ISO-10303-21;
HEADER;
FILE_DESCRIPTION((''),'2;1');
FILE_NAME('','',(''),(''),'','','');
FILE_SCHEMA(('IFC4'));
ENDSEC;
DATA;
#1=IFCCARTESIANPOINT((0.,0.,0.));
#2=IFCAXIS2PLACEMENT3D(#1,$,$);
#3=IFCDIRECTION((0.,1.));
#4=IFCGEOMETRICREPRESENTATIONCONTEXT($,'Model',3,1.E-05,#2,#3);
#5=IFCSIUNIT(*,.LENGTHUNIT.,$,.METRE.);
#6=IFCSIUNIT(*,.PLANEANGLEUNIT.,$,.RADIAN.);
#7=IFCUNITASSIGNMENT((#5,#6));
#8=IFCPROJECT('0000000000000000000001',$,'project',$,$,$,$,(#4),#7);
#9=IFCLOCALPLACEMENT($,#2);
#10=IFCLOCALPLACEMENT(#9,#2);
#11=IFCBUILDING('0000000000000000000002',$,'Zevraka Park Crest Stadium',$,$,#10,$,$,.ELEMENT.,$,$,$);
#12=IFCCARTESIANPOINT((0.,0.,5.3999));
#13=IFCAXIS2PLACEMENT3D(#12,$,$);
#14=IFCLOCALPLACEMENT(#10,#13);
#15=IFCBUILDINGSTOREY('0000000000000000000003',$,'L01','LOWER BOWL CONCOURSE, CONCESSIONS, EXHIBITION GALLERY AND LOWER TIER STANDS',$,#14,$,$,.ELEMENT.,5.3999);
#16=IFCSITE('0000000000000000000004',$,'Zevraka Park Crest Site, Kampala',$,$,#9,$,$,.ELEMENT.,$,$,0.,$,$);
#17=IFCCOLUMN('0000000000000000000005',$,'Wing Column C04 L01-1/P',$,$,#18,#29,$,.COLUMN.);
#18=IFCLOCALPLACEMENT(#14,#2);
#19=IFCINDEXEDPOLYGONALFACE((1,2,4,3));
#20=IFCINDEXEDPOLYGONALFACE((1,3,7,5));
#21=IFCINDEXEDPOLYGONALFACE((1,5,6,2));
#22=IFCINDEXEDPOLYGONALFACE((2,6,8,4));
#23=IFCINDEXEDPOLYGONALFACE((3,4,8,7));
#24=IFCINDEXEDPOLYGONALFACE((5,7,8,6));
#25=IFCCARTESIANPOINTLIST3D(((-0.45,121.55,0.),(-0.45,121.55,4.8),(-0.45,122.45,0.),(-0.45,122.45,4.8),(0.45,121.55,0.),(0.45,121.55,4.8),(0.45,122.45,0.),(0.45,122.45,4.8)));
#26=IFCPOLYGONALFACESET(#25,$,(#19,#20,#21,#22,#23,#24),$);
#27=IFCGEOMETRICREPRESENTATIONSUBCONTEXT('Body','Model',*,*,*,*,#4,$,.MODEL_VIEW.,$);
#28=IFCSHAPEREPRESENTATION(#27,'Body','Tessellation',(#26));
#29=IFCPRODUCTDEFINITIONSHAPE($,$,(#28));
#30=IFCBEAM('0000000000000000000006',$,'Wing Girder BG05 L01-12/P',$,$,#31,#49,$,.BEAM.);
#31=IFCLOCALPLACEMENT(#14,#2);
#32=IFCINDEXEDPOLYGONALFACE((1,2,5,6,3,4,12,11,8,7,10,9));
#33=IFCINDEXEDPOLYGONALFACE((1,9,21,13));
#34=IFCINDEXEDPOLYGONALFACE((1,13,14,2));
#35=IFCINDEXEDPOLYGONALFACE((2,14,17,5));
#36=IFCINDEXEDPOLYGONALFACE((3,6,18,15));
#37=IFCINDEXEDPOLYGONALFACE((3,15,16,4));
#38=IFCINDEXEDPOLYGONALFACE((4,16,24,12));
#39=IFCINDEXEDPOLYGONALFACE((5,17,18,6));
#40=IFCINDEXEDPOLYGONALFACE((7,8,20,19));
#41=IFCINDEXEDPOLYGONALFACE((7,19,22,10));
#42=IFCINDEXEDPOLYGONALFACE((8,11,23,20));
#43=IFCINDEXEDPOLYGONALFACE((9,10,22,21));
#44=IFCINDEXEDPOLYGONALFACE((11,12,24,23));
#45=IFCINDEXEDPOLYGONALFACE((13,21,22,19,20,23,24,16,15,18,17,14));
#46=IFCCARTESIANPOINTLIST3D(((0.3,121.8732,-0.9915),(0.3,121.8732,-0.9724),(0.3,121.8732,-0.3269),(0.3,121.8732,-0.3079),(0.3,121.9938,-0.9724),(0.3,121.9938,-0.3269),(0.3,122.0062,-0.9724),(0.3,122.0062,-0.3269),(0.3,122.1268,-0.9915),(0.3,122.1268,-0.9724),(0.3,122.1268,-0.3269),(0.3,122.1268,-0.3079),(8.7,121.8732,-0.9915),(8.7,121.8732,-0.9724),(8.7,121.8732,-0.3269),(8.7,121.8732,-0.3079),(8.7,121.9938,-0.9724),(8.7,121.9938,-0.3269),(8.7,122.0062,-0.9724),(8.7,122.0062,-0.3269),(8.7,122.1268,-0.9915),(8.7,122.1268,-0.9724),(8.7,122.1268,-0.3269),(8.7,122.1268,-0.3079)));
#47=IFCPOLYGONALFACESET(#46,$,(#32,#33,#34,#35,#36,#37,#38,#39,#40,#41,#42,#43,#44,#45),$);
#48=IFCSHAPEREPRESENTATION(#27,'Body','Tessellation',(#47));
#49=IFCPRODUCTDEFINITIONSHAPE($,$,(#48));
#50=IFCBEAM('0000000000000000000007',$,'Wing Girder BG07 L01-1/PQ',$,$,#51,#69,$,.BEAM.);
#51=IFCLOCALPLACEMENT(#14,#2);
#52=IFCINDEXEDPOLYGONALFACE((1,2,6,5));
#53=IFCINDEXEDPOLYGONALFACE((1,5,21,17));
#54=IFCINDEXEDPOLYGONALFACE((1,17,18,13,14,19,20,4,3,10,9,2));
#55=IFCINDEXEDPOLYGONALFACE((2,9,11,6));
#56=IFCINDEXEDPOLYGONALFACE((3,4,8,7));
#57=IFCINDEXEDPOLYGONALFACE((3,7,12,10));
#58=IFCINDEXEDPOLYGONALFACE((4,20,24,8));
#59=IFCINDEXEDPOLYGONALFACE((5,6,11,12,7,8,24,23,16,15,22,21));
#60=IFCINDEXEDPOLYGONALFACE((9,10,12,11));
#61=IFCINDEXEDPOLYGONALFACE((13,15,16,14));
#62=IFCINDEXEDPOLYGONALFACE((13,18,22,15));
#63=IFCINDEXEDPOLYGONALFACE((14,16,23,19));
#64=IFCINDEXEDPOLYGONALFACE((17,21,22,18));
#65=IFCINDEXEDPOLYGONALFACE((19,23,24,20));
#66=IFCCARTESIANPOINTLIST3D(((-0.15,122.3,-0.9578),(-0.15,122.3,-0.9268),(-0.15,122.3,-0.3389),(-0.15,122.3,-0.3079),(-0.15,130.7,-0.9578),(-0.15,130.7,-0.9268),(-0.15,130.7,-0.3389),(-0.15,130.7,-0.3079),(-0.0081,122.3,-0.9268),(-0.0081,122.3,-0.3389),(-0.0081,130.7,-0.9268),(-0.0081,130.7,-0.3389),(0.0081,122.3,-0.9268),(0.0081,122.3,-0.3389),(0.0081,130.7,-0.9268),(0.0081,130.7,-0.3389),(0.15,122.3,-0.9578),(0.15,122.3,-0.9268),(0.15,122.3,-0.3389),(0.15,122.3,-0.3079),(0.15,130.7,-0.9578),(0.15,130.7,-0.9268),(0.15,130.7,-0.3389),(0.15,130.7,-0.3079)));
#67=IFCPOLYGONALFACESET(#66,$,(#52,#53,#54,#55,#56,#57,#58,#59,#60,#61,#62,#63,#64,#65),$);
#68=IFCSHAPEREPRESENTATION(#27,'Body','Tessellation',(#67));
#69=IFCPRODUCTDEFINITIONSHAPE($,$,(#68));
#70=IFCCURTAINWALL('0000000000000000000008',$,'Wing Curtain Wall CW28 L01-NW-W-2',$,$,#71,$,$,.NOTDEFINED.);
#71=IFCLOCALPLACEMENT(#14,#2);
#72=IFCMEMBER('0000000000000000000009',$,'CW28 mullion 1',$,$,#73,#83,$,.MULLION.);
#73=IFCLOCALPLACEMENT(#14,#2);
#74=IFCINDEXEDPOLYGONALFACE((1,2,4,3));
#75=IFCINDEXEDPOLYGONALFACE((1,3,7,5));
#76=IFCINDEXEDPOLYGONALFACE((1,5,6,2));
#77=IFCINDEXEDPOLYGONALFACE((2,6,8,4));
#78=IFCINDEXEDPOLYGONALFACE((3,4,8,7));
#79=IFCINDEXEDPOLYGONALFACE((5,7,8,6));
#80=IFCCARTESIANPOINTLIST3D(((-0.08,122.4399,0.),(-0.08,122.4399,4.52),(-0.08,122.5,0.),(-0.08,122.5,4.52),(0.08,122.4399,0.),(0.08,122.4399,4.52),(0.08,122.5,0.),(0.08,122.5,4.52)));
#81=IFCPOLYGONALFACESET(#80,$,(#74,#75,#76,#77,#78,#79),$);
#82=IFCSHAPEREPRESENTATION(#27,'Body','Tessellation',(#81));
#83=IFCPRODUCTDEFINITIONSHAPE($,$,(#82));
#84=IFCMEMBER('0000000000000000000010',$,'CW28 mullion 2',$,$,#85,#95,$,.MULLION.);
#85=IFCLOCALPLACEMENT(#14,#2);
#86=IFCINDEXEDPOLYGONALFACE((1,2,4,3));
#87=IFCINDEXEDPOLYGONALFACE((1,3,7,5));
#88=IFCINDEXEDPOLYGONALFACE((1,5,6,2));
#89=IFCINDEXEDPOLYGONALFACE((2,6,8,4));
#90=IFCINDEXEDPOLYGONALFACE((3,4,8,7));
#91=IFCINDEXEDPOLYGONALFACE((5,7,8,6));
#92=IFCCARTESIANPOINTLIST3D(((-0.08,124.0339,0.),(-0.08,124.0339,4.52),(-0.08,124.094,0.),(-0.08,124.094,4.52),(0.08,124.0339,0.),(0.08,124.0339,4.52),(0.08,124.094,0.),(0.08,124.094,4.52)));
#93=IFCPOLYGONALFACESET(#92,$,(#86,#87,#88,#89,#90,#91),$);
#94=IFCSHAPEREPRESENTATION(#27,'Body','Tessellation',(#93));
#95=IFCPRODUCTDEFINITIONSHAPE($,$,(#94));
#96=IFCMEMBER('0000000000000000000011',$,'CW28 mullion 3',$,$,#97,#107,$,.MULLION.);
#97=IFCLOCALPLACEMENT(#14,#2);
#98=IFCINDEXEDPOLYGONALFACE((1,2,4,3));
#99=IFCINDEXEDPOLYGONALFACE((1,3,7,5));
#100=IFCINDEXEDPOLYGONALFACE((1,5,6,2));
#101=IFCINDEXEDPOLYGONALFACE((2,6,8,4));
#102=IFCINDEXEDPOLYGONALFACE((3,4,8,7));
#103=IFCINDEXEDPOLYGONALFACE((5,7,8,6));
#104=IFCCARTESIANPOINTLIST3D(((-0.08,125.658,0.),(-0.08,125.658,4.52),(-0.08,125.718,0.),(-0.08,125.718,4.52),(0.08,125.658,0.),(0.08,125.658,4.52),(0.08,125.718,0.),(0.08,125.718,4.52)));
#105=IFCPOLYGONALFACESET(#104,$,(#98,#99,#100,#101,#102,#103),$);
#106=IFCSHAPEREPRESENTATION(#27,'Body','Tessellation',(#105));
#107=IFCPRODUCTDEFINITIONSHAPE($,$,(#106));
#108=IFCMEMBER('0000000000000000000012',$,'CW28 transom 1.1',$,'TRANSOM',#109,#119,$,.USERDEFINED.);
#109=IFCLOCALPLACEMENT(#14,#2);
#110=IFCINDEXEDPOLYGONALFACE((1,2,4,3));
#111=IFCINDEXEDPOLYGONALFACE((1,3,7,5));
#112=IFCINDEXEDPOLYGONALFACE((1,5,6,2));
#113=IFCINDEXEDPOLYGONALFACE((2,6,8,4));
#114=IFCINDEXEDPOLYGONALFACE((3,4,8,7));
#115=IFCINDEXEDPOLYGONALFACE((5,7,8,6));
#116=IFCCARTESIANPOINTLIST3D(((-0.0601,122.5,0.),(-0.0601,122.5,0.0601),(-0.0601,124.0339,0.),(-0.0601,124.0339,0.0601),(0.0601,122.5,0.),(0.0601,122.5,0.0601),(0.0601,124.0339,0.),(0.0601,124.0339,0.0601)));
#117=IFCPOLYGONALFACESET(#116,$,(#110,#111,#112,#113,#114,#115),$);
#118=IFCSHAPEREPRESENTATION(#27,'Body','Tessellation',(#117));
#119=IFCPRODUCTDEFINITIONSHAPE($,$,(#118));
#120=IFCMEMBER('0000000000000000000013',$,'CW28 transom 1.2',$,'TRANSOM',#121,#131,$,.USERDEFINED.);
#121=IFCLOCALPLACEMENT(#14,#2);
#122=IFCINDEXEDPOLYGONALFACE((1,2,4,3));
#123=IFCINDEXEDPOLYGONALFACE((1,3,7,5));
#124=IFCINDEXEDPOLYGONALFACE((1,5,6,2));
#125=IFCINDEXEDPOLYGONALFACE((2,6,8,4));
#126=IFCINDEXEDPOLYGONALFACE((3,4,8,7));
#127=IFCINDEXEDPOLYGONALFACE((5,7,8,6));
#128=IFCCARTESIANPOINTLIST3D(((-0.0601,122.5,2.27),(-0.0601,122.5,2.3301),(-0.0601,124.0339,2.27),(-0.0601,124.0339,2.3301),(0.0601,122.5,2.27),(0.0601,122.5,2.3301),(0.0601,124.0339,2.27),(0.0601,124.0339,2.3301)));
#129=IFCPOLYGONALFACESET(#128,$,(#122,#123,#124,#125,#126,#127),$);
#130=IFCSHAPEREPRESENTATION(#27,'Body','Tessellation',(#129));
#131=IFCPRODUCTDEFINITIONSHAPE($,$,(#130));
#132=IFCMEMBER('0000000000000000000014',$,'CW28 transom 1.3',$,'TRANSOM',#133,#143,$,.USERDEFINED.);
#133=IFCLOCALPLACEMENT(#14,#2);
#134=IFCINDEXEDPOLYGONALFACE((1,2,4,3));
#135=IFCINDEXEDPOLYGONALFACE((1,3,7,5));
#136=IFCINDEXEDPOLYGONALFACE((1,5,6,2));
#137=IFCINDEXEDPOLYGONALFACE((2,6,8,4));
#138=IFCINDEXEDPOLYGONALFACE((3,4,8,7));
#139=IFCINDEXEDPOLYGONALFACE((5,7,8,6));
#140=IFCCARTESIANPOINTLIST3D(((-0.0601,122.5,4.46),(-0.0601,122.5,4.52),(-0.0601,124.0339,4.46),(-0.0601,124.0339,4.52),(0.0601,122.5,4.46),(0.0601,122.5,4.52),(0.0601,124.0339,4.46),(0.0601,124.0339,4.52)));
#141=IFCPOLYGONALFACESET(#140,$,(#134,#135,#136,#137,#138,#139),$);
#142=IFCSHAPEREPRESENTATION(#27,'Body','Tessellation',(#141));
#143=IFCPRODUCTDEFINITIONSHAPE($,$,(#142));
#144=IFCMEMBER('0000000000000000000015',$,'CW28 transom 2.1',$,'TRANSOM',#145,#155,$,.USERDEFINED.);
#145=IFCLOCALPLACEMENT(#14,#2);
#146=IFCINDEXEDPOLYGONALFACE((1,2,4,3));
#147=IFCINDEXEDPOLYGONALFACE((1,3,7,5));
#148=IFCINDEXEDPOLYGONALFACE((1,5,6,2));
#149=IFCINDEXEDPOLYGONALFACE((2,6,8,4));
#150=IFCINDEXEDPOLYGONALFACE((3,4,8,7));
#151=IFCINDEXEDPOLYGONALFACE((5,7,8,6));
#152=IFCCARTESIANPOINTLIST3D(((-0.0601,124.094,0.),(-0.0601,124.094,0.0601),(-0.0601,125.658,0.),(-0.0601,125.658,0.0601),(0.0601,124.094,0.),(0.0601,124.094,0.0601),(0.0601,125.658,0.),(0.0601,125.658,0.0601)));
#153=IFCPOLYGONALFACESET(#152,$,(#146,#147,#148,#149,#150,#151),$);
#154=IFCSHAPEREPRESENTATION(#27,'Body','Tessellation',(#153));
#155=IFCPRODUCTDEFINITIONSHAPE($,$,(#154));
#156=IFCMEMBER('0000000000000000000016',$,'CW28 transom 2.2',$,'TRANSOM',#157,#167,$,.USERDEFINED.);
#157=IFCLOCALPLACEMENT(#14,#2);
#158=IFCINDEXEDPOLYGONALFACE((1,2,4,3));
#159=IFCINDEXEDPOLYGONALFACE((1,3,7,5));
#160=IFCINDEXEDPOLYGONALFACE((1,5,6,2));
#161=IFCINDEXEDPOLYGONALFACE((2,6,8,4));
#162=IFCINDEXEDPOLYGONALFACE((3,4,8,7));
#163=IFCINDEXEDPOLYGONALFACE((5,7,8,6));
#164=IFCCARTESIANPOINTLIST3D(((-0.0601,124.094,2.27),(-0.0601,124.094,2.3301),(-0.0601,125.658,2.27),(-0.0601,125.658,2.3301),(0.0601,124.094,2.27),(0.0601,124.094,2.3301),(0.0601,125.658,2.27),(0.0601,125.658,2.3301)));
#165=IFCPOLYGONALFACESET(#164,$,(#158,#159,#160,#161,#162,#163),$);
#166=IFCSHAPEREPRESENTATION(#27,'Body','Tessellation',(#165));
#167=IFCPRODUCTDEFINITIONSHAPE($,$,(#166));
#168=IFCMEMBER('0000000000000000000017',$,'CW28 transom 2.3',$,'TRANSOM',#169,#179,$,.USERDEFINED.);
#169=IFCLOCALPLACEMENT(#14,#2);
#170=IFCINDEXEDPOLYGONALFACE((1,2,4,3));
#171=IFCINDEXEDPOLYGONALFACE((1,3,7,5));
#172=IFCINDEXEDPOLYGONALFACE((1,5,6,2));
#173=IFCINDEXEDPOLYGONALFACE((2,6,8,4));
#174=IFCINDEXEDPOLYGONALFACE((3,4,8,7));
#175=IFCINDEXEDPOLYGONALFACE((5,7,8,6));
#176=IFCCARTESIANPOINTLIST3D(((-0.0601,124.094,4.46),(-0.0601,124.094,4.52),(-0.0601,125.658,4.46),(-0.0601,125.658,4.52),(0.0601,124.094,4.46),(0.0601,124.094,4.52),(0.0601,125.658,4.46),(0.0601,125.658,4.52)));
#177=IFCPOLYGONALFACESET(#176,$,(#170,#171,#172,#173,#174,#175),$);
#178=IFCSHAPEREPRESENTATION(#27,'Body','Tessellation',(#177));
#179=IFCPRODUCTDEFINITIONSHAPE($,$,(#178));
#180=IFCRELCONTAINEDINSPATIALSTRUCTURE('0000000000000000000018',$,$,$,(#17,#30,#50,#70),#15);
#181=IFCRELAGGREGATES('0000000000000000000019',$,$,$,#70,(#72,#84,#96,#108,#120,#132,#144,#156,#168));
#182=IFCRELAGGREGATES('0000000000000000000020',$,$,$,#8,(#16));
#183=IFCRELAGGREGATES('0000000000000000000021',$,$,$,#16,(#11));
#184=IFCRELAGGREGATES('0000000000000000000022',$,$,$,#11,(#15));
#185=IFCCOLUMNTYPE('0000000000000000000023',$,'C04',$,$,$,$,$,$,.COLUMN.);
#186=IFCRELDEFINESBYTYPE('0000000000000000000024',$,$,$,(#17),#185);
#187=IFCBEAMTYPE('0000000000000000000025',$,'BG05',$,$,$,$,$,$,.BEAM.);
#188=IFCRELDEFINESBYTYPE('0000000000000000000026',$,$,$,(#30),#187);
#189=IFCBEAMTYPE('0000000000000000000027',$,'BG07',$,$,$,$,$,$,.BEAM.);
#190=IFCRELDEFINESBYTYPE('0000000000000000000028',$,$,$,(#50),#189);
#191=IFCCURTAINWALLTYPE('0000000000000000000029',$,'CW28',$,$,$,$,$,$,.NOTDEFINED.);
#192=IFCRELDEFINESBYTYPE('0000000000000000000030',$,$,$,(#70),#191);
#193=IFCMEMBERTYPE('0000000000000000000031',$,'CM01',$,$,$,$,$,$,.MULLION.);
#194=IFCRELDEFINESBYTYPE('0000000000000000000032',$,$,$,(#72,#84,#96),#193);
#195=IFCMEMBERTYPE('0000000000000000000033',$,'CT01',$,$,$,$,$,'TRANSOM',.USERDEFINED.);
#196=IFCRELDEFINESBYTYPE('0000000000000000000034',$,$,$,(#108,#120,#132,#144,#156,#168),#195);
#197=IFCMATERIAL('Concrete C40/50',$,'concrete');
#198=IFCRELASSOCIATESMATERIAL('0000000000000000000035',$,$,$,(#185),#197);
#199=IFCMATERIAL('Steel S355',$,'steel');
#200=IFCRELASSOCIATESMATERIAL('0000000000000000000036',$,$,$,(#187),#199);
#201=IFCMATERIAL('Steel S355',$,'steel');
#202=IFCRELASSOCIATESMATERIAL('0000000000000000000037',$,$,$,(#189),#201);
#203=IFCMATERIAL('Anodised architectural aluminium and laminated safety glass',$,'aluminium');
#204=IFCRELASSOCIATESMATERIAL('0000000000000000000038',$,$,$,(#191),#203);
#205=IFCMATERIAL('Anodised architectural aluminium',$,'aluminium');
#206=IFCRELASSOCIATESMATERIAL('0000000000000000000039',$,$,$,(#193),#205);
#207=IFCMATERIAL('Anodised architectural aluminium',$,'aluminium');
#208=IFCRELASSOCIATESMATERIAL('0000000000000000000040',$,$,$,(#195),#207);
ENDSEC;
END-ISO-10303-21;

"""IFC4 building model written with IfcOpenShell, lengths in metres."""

from ifc_helpers import new_model, si_unit, direction, frame, origin, origin_2d, place, context, subcontext, project, spatial, rectangle, i_section, extrude, material, material_profile, profile_set, type_object, element, aggregate, save


model = new_model("IFC4")

# Units and contexts
model_context = context("Model", 3, precision=1e-05, world=origin(), true_north=direction((0.0, 1.0)))
body_context = subcontext(model_context, "Body", "Model", "MODEL_VIEW")
ifc_project = project(units=[si_unit("LENGTHUNIT", "METRE"), si_unit("PLANEANGLEUNIT", "RADIAN")], contexts=[model_context])

# Site, building, storey
site_placement = place(None, origin())
site = spatial("IfcSite", under=ifc_project, at=site_placement, Name="Zevraka Park Crest Site, Kampala", CompositionType="ELEMENT", RefElevation=0.0)
building_placement = place(site_placement, origin())
building = spatial("IfcBuilding", under=site, at=building_placement, Name="Zevraka Park Crest Stadium", CompositionType="ELEMENT")
storey_placement = place(building_placement, frame((0.0, 0.0, 5.3999)))
storey = spatial("IfcBuildingStorey", under=building, at=storey_placement, Name="L01", Description="LOWER BOWL CONCOURSE, CONCESSIONS, EXHIBITION GALLERY AND LOWER TIER STANDS", CompositionType="ELEMENT", Elevation=5.3999)

# Column
ifc_material_1 = material(Name="Concrete C40/50", Category="concrete")
ifc_material_profile_1 = material_profile(ifc_material_1, rectangle(XDim=0.8999, YDim=0.8999, at=origin_2d()), Name="RC 900x900")
ifc_profile_set_1 = profile_set([ifc_material_profile_1], Name="Concrete C40/50")
column_type = type_object("IfcColumnType", Name="C04", PredefinedType="COLUMN", material=ifc_profile_set_1)
column_placement = place(storey_placement, frame((0.0, 122.0, 0.0), z_axis=(0.0, 0.0, 1.0), x_axis=(1.0, 0.0, 0.0)))
element("IfcColumn", 1, at=column_placement, inside=storey, type_object=column_type, Name="Wing Column C04 L01-1/P", PredefinedType="COLUMN", context=body_context, shape_type="SweptSolid", body=[
    extrude(rectangle(XDim=0.8999, YDim=0.8999, at=origin_2d()), origin(), (0.0, 0.0, 1.0), 4.8),
])

# Beams
ifc_material_2 = material(Name="Steel S355", Category="steel")
ifc_material_profile_2 = material_profile(ifc_material_2, i_section(OverallWidth=0.2537, OverallDepth=0.6836, WebThickness=0.0125, FlangeThickness=0.019, at=origin_2d()), Name="UKB 686x254x140")
ifc_profile_set_2 = profile_set([ifc_material_profile_2], Name="Steel S355")
beam_type_1 = type_object("IfcBeamType", Name="BG05", PredefinedType="BEAM", material=ifc_profile_set_2)
beam_1_placement = place(storey_placement, frame((0.3, 122.0, -0.6497), z_axis=(1.0, 0.0, 0.0), x_axis=(0.0, 1.0, 0.0)))
element("IfcBeam", 2, at=beam_1_placement, inside=storey, type_object=beam_type_1, Name="Wing Girder BG05 L01-12/P", PredefinedType="BEAM", context=body_context, shape_type="SweptSolid", body=[
    extrude(i_section(OverallWidth=0.2537, OverallDepth=0.6836, WebThickness=0.0125, FlangeThickness=0.019, at=origin_2d()), origin(), (0.0, 0.0, 1.0), 8.3999),
])
ifc_material_3 = material(Name="Steel S355", Category="steel")
ifc_material_profile_3 = material_profile(ifc_material_3, i_section(OverallWidth=0.3, OverallDepth=0.6499, WebThickness=0.0161, FlangeThickness=0.031, at=origin_2d()), Name="HEB 650")
ifc_profile_set_3 = profile_set([ifc_material_profile_3], Name="Steel S355")
beam_type_2 = type_object("IfcBeamType", Name="BG07", PredefinedType="BEAM", material=ifc_profile_set_3)
beam_2_placement = place(storey_placement, frame((0.0, 122.3, -0.6328), z_axis=(0.0, 1.0, 0.0), x_axis=(-1.0, 0.0, 0.0)))
element("IfcBeam", 3, at=beam_2_placement, inside=storey, type_object=beam_type_2, Name="Wing Girder BG07 L01-1/PQ", PredefinedType="BEAM", context=body_context, shape_type="SweptSolid", body=[
    extrude(i_section(OverallWidth=0.3, OverallDepth=0.6499, WebThickness=0.0161, FlangeThickness=0.031, at=origin_2d()), origin(), (0.0, 0.0, 1.0), 8.3999),
])

# Curtain wall, members
ifc_material_4 = material(Name="Anodised architectural aluminium and laminated safety glass", Category="aluminium")
curtain_wall_type = type_object("IfcCurtainWallType", Name="CW28", PredefinedType="NOTDEFINED", material=ifc_material_4)
curtain_wall_placement = place(storey_placement, origin())
curtain_wall = element("IfcCurtainWall", 4, at=curtain_wall_placement, inside=storey, type_object=curtain_wall_type, Name="Wing Curtain Wall CW28 L01-NW-W-2", PredefinedType="NOTDEFINED")
ifc_material_5 = material(Name="Anodised architectural aluminium", Category="aluminium")
ifc_material_profile_4 = material_profile(ifc_material_5, rectangle(XDim=0.1599, YDim=0.0601, at=origin_2d()), Name="ALU MULLION 160x60")
ifc_profile_set_4 = profile_set([ifc_material_profile_4], Name="Anodised architectural aluminium")
member_type_1 = type_object("IfcMemberType", Name="CM01", PredefinedType="MULLION", material=ifc_profile_set_4)
member_1_placement = place(storey_placement, frame((0.0, 122.47, 0.0), z_axis=(0.0, 0.0, 1.0), x_axis=(-1.0, 0.0, 0.0)))
member_1 = element("IfcMember", 5, at=member_1_placement, type_object=member_type_1, Name="CW28 mullion 1", PredefinedType="MULLION", context=body_context, shape_type="SweptSolid", body=[
    extrude(rectangle(XDim=0.1599, YDim=0.0601, at=origin_2d()), origin(), (0.0, 0.0, 1.0), 4.52),
])
member_2_placement = place(storey_placement, frame((0.0, 124.064, 0.0), z_axis=(0.0, 0.0, 1.0), x_axis=(-1.0, 0.0, 0.0)))
member_2 = element("IfcMember", 6, at=member_2_placement, type_object=member_type_1, Name="CW28 mullion 2", PredefinedType="MULLION", context=body_context, shape_type="SweptSolid", body=[
    extrude(rectangle(XDim=0.1599, YDim=0.0601, at=origin_2d()), origin(), (0.0, 0.0, 1.0), 4.52),
])
member_3_placement = place(storey_placement, frame((0.0, 125.688, 0.0), z_axis=(0.0, 0.0, 1.0), x_axis=(-1.0, 0.0, 0.0)))
member_3 = element("IfcMember", 7, at=member_3_placement, type_object=member_type_1, Name="CW28 mullion 3", PredefinedType="MULLION", context=body_context, shape_type="SweptSolid", body=[
    extrude(rectangle(XDim=0.1599, YDim=0.0601, at=origin_2d()), origin(), (0.0, 0.0, 1.0), 4.52),
])
ifc_material_6 = material(Name="Anodised architectural aluminium", Category="aluminium")
ifc_material_profile_5 = material_profile(ifc_material_6, rectangle(XDim=0.1201, YDim=0.0601, at=origin_2d()), Name="ALU TRANSOM 120x60")
ifc_profile_set_5 = profile_set([ifc_material_profile_5], Name="Anodised architectural aluminium")
member_type_2 = type_object("IfcMemberType", Name="CT01", ElementType="TRANSOM", PredefinedType="USERDEFINED", material=ifc_profile_set_5)
member_4_placement = place(storey_placement, frame((0.0, 122.5, 0.03), z_axis=(0.0, 1.0, 0.0), x_axis=(-1.0, 0.0, 0.0)))
member_4 = element("IfcMember", 8, at=member_4_placement, type_object=member_type_2, Name="CW28 transom 1.1", ObjectType="TRANSOM", PredefinedType="USERDEFINED", context=body_context, shape_type="SweptSolid", body=[
    extrude(rectangle(XDim=0.1201, YDim=0.0601, at=origin_2d()), origin(), (0.0, 0.0, 1.0), 1.5339),
])
member_5_placement = place(storey_placement, frame((0.0, 122.5, 2.3), z_axis=(0.0, 1.0, 0.0), x_axis=(-1.0, 0.0, 0.0)))
member_5 = element("IfcMember", 9, at=member_5_placement, type_object=member_type_2, Name="CW28 transom 1.2", ObjectType="TRANSOM", PredefinedType="USERDEFINED", context=body_context, shape_type="SweptSolid", body=[
    extrude(rectangle(XDim=0.1201, YDim=0.0601, at=origin_2d()), origin(), (0.0, 0.0, 1.0), 1.5339),
])
member_6_placement = place(storey_placement, frame((0.0, 122.5, 4.49), z_axis=(0.0, 1.0, 0.0), x_axis=(-1.0, 0.0, 0.0)))
member_6 = element("IfcMember", 10, at=member_6_placement, type_object=member_type_2, Name="CW28 transom 1.3", ObjectType="TRANSOM", PredefinedType="USERDEFINED", context=body_context, shape_type="SweptSolid", body=[
    extrude(rectangle(XDim=0.1201, YDim=0.0601, at=origin_2d()), origin(), (0.0, 0.0, 1.0), 1.5339),
])
member_7_placement = place(storey_placement, frame((0.0, 124.094, 0.03), z_axis=(0.0, 1.0, 0.0), x_axis=(-1.0, 0.0, 0.0)))
member_7 = element("IfcMember", 11, at=member_7_placement, type_object=member_type_2, Name="CW28 transom 2.1", ObjectType="TRANSOM", PredefinedType="USERDEFINED", context=body_context, shape_type="SweptSolid", body=[
    extrude(rectangle(XDim=0.1201, YDim=0.0601, at=origin_2d()), origin(), (0.0, 0.0, 1.0), 1.564),
])
member_8_placement = place(storey_placement, frame((0.0, 124.094, 2.3), z_axis=(0.0, 1.0, 0.0), x_axis=(-1.0, 0.0, 0.0)))
member_8 = element("IfcMember", 12, at=member_8_placement, type_object=member_type_2, Name="CW28 transom 2.2", ObjectType="TRANSOM", PredefinedType="USERDEFINED", context=body_context, shape_type="SweptSolid", body=[
    extrude(rectangle(XDim=0.1201, YDim=0.0601, at=origin_2d()), origin(), (0.0, 0.0, 1.0), 1.564),
])
member_9_placement = place(storey_placement, frame((0.0, 124.094, 4.49), z_axis=(0.0, 1.0, 0.0), x_axis=(-1.0, 0.0, 0.0)))
member_9 = element("IfcMember", 13, at=member_9_placement, type_object=member_type_2, Name="CW28 transom 2.3", ObjectType="TRANSOM", PredefinedType="USERDEFINED", context=body_context, shape_type="SweptSolid", body=[
    extrude(rectangle(XDim=0.1201, YDim=0.0601, at=origin_2d()), origin(), (0.0, 0.0, 1.0), 1.564),
])

aggregate(curtain_wall, [member_1, member_2, member_3, member_4, member_5, member_6, member_7, member_8, member_9])

save(model, "model.ifc")
